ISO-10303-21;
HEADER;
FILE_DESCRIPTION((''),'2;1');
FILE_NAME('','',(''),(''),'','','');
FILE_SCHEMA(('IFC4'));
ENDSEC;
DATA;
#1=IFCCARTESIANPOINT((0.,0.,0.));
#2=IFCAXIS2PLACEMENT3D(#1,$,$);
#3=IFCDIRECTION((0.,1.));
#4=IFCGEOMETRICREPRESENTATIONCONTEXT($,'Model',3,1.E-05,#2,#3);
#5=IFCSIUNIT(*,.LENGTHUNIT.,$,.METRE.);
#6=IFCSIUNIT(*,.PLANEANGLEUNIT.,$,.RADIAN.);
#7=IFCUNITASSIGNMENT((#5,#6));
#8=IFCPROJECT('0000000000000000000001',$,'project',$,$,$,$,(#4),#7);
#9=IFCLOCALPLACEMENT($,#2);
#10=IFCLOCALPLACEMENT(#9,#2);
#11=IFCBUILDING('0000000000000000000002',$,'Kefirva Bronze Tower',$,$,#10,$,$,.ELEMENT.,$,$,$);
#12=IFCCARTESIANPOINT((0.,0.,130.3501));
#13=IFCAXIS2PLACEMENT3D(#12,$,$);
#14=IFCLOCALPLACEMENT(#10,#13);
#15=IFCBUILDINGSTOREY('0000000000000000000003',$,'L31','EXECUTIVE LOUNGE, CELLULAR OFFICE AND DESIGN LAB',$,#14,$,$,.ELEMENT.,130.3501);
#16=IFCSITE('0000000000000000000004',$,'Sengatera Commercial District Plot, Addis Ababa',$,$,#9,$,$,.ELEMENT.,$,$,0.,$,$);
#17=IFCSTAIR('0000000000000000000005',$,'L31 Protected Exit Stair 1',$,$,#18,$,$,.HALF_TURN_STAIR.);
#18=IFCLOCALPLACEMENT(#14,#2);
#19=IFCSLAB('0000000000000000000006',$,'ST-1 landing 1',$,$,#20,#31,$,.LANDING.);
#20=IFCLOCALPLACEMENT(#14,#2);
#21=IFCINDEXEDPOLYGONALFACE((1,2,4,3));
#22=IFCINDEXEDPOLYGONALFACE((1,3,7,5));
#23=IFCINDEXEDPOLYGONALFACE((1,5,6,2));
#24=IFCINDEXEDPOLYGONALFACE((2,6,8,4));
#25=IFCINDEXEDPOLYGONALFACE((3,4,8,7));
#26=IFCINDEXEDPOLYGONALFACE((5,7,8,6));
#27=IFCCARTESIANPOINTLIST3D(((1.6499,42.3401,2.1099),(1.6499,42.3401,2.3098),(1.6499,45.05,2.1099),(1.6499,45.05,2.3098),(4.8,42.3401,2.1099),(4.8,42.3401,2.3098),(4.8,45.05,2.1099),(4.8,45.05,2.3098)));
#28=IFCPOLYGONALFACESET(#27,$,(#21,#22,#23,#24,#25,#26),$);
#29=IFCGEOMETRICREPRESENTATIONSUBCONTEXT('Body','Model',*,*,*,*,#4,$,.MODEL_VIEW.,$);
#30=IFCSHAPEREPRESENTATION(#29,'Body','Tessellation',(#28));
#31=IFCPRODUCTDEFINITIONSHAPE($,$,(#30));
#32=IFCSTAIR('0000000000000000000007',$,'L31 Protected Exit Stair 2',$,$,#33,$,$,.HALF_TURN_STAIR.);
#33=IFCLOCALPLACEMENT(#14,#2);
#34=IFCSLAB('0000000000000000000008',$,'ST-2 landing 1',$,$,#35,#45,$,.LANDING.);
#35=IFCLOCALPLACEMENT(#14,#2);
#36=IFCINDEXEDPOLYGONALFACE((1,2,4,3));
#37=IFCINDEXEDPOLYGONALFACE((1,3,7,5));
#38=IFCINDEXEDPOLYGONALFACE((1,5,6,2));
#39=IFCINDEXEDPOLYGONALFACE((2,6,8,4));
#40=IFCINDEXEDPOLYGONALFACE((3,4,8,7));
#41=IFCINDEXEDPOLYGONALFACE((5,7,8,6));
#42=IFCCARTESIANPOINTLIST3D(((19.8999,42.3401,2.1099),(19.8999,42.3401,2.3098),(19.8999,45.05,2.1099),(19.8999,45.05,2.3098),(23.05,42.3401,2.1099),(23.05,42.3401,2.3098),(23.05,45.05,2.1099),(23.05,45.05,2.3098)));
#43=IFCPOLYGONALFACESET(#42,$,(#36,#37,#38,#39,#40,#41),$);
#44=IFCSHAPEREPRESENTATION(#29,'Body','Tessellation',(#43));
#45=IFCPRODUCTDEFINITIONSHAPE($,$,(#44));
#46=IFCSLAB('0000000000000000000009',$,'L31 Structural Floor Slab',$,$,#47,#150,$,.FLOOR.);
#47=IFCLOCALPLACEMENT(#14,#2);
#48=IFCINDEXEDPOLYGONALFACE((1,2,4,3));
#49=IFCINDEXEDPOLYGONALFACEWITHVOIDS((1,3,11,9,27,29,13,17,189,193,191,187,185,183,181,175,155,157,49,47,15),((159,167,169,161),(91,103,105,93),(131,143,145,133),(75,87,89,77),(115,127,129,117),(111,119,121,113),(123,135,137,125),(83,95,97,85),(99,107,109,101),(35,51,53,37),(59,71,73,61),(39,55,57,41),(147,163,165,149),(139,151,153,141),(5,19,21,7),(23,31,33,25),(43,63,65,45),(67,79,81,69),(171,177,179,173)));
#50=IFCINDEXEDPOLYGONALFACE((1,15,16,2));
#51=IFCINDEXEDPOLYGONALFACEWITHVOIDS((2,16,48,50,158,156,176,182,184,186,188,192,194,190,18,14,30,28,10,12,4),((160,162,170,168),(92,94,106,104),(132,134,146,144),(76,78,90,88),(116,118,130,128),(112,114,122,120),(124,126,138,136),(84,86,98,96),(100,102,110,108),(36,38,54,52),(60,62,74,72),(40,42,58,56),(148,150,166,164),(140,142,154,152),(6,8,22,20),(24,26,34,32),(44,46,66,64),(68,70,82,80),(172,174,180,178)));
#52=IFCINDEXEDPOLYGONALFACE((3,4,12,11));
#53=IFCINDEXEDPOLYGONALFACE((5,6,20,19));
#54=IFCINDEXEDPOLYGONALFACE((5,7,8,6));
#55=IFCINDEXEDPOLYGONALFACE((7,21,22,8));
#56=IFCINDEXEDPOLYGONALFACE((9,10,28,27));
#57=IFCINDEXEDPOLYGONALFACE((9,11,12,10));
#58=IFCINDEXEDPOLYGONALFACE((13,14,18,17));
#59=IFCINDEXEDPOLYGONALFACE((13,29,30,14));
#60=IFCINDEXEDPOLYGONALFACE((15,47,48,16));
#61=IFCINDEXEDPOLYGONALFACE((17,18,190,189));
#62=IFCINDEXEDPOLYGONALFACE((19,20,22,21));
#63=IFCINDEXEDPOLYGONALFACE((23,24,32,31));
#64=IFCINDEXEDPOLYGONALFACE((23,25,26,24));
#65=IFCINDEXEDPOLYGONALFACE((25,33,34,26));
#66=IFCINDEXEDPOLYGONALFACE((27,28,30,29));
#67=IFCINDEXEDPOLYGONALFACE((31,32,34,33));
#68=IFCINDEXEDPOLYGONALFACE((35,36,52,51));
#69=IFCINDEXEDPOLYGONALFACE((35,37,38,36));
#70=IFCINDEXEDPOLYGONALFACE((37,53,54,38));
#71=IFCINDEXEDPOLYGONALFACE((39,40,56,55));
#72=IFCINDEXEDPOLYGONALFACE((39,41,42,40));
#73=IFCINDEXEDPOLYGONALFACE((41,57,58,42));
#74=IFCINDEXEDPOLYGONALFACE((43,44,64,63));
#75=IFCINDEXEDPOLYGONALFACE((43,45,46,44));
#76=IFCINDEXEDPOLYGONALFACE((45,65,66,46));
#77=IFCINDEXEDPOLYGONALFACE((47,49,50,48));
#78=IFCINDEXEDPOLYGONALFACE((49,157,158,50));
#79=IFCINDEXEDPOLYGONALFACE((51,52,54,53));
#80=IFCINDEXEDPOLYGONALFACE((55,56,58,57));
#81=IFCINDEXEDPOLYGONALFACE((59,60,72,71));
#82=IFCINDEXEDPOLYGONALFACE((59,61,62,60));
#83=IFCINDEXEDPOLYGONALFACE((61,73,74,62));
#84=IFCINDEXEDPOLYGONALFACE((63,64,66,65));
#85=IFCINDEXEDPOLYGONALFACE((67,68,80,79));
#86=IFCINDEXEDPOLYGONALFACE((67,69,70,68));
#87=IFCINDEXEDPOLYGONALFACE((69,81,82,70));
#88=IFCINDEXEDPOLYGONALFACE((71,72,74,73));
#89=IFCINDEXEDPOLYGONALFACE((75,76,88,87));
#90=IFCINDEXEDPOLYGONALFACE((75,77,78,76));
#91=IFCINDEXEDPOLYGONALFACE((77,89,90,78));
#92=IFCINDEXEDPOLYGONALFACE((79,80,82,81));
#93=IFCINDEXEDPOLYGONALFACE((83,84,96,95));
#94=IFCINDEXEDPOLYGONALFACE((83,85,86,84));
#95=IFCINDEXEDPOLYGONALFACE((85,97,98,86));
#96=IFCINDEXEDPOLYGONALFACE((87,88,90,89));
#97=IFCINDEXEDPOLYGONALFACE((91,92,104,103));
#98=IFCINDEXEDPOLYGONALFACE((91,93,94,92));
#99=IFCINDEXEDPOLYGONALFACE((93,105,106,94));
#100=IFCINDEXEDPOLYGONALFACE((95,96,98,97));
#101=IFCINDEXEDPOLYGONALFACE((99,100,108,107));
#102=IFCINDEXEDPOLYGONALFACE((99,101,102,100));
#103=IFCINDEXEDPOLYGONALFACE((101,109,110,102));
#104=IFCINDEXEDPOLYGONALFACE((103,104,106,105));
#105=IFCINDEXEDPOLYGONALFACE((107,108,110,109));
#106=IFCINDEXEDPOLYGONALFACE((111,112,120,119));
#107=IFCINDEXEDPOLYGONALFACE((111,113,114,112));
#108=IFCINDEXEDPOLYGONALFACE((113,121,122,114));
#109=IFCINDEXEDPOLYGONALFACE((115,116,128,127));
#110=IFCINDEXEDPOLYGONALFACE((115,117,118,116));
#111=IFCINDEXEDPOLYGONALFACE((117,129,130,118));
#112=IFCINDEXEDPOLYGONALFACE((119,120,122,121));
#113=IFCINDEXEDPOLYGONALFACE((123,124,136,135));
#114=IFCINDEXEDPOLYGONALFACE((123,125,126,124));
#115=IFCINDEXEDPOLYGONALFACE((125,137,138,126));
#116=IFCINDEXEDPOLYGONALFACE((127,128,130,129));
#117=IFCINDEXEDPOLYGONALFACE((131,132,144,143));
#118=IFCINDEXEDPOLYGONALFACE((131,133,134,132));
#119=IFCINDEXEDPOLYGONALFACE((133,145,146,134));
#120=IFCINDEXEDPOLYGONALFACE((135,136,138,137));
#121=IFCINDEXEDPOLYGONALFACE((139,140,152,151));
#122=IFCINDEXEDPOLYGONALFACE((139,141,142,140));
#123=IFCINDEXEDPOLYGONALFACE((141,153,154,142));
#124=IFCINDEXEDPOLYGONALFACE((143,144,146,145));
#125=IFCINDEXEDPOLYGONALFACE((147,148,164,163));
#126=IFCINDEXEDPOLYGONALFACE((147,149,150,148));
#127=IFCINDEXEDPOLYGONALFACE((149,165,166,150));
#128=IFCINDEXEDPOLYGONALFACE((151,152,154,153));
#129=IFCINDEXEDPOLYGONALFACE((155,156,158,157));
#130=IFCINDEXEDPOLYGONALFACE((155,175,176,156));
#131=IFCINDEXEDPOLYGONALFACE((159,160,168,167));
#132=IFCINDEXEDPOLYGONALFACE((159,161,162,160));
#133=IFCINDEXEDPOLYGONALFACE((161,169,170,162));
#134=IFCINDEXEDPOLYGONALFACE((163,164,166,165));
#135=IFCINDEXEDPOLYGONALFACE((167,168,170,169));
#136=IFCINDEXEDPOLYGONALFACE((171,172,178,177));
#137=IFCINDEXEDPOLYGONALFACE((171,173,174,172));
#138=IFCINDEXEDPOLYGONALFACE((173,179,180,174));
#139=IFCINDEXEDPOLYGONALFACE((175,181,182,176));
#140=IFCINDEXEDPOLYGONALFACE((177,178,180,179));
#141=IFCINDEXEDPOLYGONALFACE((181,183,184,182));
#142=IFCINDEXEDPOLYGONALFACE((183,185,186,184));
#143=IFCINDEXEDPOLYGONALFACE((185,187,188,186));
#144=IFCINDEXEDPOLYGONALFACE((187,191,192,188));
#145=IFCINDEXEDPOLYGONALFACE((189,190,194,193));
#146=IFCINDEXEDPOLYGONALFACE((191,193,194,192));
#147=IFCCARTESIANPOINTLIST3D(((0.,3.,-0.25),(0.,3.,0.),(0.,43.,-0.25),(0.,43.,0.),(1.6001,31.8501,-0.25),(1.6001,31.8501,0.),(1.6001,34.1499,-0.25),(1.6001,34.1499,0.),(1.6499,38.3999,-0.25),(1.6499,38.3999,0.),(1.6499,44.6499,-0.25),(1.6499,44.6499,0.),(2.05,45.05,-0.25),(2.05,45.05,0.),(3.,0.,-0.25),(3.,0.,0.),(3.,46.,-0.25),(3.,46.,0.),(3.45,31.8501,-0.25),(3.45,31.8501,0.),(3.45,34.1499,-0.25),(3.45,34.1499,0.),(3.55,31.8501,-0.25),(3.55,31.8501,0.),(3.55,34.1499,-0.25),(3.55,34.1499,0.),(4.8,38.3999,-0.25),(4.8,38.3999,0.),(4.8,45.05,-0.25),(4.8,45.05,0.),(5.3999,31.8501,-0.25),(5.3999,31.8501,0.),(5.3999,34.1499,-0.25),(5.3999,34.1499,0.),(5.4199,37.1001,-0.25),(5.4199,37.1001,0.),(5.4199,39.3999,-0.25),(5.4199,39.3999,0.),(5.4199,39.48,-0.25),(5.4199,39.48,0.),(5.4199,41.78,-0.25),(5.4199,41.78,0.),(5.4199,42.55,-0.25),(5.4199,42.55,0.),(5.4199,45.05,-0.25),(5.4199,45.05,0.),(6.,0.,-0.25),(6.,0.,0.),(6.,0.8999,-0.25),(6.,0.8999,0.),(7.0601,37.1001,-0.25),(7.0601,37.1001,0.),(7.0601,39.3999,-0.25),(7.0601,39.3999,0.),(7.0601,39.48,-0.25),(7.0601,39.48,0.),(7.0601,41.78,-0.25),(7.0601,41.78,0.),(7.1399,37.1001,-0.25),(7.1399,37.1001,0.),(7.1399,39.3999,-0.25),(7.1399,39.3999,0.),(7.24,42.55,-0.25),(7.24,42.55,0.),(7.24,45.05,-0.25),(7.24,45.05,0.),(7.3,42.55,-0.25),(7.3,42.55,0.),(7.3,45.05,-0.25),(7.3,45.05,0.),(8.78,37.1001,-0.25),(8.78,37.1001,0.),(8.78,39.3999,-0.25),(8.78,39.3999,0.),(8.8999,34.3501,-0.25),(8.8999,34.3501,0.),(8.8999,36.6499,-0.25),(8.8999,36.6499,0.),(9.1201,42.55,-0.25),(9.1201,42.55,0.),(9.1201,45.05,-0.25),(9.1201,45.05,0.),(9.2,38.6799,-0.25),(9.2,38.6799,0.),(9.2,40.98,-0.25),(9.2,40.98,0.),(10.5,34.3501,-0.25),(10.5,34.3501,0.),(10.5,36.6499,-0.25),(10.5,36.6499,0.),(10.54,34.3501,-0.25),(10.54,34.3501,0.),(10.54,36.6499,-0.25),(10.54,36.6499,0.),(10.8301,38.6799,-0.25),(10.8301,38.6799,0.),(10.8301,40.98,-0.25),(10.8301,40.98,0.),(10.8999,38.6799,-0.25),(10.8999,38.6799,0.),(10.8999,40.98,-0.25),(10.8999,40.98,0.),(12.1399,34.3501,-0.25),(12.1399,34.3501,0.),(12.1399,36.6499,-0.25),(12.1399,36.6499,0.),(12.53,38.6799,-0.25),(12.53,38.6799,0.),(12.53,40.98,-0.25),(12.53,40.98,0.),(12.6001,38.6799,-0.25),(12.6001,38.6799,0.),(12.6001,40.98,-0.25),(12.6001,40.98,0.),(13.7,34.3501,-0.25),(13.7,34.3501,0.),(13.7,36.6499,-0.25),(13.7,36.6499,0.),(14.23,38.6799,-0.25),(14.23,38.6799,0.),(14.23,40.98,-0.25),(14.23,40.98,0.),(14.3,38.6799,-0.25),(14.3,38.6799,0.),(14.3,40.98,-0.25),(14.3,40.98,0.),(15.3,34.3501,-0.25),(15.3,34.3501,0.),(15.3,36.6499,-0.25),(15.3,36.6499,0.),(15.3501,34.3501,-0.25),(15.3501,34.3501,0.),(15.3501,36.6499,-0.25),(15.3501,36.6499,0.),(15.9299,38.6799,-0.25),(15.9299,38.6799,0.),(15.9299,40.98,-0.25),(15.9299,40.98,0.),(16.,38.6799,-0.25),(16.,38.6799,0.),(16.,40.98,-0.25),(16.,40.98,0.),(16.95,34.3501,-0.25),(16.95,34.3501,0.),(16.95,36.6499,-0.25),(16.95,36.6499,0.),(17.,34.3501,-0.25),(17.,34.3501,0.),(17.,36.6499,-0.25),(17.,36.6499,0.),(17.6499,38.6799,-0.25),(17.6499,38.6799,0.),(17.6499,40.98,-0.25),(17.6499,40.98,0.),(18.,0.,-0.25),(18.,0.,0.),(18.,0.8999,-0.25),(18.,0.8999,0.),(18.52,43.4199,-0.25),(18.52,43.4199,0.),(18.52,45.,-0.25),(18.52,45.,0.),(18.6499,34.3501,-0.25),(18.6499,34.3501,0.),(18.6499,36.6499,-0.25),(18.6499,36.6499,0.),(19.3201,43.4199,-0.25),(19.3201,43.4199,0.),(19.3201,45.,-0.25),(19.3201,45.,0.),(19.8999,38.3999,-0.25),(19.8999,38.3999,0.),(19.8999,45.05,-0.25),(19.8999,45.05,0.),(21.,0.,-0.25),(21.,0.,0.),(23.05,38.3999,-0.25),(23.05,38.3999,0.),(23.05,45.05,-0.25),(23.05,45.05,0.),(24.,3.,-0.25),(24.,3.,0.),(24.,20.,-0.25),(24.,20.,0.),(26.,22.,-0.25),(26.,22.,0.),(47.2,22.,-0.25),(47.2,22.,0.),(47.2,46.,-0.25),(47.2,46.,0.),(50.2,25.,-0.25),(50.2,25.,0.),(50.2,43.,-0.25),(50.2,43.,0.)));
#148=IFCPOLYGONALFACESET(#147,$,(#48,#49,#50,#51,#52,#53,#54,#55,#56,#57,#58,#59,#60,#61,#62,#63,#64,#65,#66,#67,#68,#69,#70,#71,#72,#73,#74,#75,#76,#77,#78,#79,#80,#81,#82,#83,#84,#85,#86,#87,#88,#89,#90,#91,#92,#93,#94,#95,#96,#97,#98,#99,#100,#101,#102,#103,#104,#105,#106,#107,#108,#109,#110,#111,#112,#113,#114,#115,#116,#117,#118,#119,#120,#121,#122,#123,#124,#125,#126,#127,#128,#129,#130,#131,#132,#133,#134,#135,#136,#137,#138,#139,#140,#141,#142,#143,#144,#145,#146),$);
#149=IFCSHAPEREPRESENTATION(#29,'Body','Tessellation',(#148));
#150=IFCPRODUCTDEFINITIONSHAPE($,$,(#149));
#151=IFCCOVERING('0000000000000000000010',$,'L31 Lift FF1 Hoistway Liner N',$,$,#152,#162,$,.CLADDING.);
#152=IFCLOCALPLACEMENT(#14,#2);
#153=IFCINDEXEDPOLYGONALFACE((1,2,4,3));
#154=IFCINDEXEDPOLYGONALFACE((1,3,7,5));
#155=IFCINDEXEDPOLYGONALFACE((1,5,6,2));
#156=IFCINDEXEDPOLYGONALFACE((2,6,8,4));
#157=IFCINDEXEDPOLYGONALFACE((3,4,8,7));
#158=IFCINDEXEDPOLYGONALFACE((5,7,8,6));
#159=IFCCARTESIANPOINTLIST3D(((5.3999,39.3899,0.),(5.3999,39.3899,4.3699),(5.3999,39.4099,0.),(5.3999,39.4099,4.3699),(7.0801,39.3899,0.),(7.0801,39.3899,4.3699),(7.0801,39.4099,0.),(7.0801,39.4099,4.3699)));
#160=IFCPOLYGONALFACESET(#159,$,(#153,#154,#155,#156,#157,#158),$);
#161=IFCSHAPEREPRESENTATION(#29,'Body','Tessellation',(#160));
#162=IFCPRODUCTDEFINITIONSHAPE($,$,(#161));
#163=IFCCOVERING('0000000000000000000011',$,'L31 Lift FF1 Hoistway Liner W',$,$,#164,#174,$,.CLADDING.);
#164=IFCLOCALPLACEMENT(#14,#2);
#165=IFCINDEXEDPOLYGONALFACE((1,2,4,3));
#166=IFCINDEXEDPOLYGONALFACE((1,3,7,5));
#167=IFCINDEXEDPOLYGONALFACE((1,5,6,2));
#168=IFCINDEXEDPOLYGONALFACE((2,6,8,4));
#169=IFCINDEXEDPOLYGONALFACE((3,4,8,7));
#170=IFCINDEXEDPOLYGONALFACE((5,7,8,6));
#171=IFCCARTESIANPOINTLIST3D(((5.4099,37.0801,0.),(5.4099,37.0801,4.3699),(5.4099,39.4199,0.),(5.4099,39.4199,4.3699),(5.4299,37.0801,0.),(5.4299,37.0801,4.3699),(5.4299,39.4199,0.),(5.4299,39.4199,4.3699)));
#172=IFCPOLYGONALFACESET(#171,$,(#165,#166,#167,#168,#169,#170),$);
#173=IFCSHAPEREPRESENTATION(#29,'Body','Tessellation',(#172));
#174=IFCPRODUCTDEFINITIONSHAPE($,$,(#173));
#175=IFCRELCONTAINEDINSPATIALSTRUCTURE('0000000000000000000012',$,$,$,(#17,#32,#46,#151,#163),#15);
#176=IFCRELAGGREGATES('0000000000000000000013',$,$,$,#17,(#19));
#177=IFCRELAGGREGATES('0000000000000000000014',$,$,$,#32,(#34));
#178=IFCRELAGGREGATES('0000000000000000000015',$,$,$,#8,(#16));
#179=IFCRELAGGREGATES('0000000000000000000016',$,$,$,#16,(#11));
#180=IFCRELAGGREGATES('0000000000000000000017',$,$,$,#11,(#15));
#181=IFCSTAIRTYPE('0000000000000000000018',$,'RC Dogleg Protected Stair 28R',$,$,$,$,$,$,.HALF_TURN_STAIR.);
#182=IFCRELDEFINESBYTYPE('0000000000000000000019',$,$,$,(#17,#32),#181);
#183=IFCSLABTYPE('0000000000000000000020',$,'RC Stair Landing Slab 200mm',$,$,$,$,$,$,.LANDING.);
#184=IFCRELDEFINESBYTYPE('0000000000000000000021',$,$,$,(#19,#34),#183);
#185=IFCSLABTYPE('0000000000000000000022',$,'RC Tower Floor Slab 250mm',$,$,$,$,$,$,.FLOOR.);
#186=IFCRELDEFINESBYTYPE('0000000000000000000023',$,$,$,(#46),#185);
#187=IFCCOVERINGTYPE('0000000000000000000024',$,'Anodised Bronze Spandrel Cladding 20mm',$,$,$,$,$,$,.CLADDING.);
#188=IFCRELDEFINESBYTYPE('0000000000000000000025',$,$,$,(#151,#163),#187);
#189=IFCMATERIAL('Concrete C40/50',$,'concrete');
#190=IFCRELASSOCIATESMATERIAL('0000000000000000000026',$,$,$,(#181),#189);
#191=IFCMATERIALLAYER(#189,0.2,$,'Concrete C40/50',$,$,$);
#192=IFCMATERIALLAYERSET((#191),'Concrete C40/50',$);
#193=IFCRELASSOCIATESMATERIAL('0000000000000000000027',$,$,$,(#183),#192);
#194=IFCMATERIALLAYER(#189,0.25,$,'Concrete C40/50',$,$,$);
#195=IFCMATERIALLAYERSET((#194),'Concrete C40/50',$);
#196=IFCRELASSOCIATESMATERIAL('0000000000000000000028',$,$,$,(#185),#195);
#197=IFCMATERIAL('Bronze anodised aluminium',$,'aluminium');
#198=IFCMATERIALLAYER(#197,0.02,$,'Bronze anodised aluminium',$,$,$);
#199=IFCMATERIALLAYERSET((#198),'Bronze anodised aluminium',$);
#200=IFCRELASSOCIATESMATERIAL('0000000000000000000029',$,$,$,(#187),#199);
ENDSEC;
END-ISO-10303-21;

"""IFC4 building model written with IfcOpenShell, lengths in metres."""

from ifc_helpers import new_model, si_unit, direction, frame, origin, place, context, subcontext, project, spatial, polyline, outline, extrude, material, layer, layer_set, type_object, element, aggregate, save


model = new_model("IFC4")

# Units and contexts
model_context = context("Model", 3, precision=1e-05, world=origin(), true_north=direction((0.0, 1.0)))
body_context = subcontext(model_context, "Body", "Model", "MODEL_VIEW")
ifc_project = project(units=[si_unit("LENGTHUNIT", "METRE"), si_unit("PLANEANGLEUNIT", "RADIAN")], contexts=[model_context])

# Site, building, storey
site_placement = place(None, origin())
site = spatial("IfcSite", under=ifc_project, at=site_placement, Name="Sengatera Commercial District Plot, Addis Ababa", CompositionType="ELEMENT", RefElevation=0.0)
building_placement = place(site_placement, origin())
building = spatial("IfcBuilding", under=site, at=building_placement, Name="Kefirva Bronze Tower", CompositionType="ELEMENT")
storey_placement = place(building_placement, frame((0.0, 0.0, 130.3501)))
storey = spatial("IfcBuildingStorey", under=building, at=storey_placement, Name="L31", Description="EXECUTIVE LOUNGE, CELLULAR OFFICE AND DESIGN LAB", CompositionType="ELEMENT", Elevation=130.3501)

# Stairs, slabs
ifc_material_1 = material(Name="Concrete C40/50", Category="concrete")
stair_type = type_object("IfcStairType", Name="RC Dogleg Protected Stair 28R", PredefinedType="HALF_TURN_STAIR", material=ifc_material_1)
stair_1_placement = place(storey_placement, origin())
stair_1 = element("IfcStair", 1, at=stair_1_placement, inside=storey, type_object=stair_type, Name="L31 Protected Exit Stair 1", PredefinedType="HALF_TURN_STAIR")
ifc_layer_1 = layer(ifc_material_1, 0.2, Name="Concrete C40/50")
ifc_layer_set_1 = layer_set([ifc_layer_1], Name="Concrete C40/50")
slab_type_1 = type_object("IfcSlabType", Name="RC Stair Landing Slab 200mm", PredefinedType="LANDING", material=ifc_layer_set_1)
slab_1_placement = place(storey_placement, frame((0.0, 0.0, 2.1099)))
slab_1 = element("IfcSlab", 2, at=slab_1_placement, type_object=slab_type_1, Name="ST-1 landing 1", PredefinedType="LANDING", context=body_context, shape_type="SweptSolid", body=[
    extrude(outline(polyline([(4.8, 42.3401), (4.8, 45.05), (1.6499, 45.05), (1.6499, 42.3401), (4.8, 42.3401)])), origin(), (0.0, 0.0, 1.0), 0.2),
])
aggregate(stair_1, [slab_1])
stair_2_placement = place(storey_placement, origin())
stair_2 = element("IfcStair", 3, at=stair_2_placement, inside=storey, type_object=stair_type, Name="L31 Protected Exit Stair 2", PredefinedType="HALF_TURN_STAIR")
slab_2_placement = place(storey_placement, frame((0.0, 0.0, 2.1099)))
slab_2 = element("IfcSlab", 4, at=slab_2_placement, type_object=slab_type_1, Name="ST-2 landing 1", PredefinedType="LANDING", context=body_context, shape_type="SweptSolid", body=[
    extrude(outline(polyline([(23.05, 42.3401), (23.05, 45.05), (19.8999, 45.05), (19.8999, 42.3401), (23.05, 42.3401)])), origin(), (0.0, 0.0, 1.0), 0.2),
])
aggregate(stair_2, [slab_2])

# Slab
ifc_layer_2 = layer(ifc_material_1, 0.25, Name="Concrete C40/50")
ifc_layer_set_2 = layer_set([ifc_layer_2], Name="Concrete C40/50")
slab_type_2 = type_object("IfcSlabType", Name="RC Tower Floor Slab 250mm", PredefinedType="FLOOR", material=ifc_layer_set_2)
slab_3_placement = place(storey_placement, frame((0.0, 0.0, -0.25)))
element("IfcSlab", 5, at=slab_3_placement, inside=storey, type_object=slab_type_2, Name="L31 Structural Floor Slab", PredefinedType="FLOOR", context=body_context, shape_type="SweptSolid", body=[
    extrude(outline(polyline([(0.0, 3.0), (0.0, 43.0), (1.6499, 44.6499), (1.6499, 38.3999), (4.8, 38.3999), (4.8, 45.05), (2.05, 45.05), (3.0, 46.0), (47.2, 46.0), (50.2, 43.0), (50.2, 25.0), (47.2, 22.0), (26.0, 22.0), (24.0, 20.0), (24.0, 3.0), (21.0, 0.0), (18.0, 0.0), (18.0, 0.8999), (6.0, 0.8999), (6.0, 0.0), (3.0, 0.0), (0.0, 3.0)]), holes=[polyline([(19.8999, 38.3999), (23.05, 38.3999), (23.05, 45.05), (19.8999, 45.05), (19.8999, 38.3999)]), polyline([(18.52, 43.4199), (19.3201, 43.4199), (19.3201, 45.0), (18.52, 45.0), (18.52, 43.4199)]), polyline([(17.0, 34.3501), (18.6499, 34.3501), (18.6499, 36.6499), (17.0, 36.6499), (17.0, 34.3501)]), polyline([(17.6499, 38.6799), (17.6499, 40.98), (16.0, 40.98), (16.0, 38.6799), (17.6499, 38.6799)]), polyline([(16.95, 34.3501), (16.95, 36.6499), (15.3501, 36.6499), (15.3501, 34.3501), (16.95, 34.3501)]), polyline([(15.9299, 38.6799), (15.9299, 40.98), (14.3, 40.98), (14.3, 38.6799), (15.9299, 38.6799)]), polyline([(15.3, 34.3501), (15.3, 36.6499), (13.7, 36.6499), (13.7, 34.3501), (15.3, 34.3501)]), polyline([(14.23, 38.6799), (14.23, 40.98), (12.6001, 40.98), (12.6001, 38.6799), (14.23, 38.6799)]), polyline([(10.8999, 38.6799), (12.53, 38.6799), (12.53, 40.98), (10.8999, 40.98), (10.8999, 38.6799)]), polyline([(12.1399, 34.3501), (12.1399, 36.6499), (10.54, 36.6499), (10.54, 34.3501), (12.1399, 34.3501)]), polyline([(10.8301, 38.6799), (10.8301, 40.98), (9.2, 40.98), (9.2, 38.6799), (10.8301, 38.6799)]), polyline([(10.5, 34.3501), (10.5, 36.6499), (8.8999, 36.6499), (8.8999, 34.3501), (10.5, 34.3501)]), polyline([(7.3, 42.55), (9.1201, 42.55), (9.1201, 45.05), (7.3, 45.05), (7.3, 42.55)]), polyline([(7.1399, 37.1001), (8.78, 37.1001), (8.78, 39.3999), (7.1399, 39.3999), (7.1399, 37.1001)]), polyline([(5.4199, 42.55), (7.24, 42.55), (7.24, 45.05), (5.4199, 45.05), (5.4199, 42.55)]), polyline([(7.0601, 39.48), (7.0601, 41.78), (5.4199, 41.78), (5.4199, 39.48), (7.0601, 39.48)]), polyline([(5.4199, 37.1001), (7.0601, 37.1001), (7.0601, 39.3999), (5.4199, 39.3999), (5.4199, 37.1001)]), polyline([(5.3999, 31.8501), (5.3999, 34.1499), (3.55, 34.1499), (3.55, 31.8501), (5.3999, 31.8501)]), polyline([(3.45, 31.8501), (3.45, 34.1499), (1.6001, 34.1499), (1.6001, 31.8501), (3.45, 31.8501)])]), origin(), (0.0, 0.0, 1.0), 0.25),
])

# Coverings
ifc_material_2 = material(Name="Bronze anodised aluminium", Category="aluminium")
ifc_layer_3 = layer(ifc_material_2, 0.02, Name="Bronze anodised aluminium")
ifc_layer_set_3 = layer_set([ifc_layer_3], Name="Bronze anodised aluminium")
covering_type = type_object("IfcCoveringType", Name="Anodised Bronze Spandrel Cladding 20mm", PredefinedType="CLADDING", material=ifc_layer_set_3)
covering_1_placement = place(storey_placement, origin())
element("IfcCovering", 6, at=covering_1_placement, inside=storey, type_object=covering_type, Name="L31 Lift FF1 Hoistway Liner N", PredefinedType="CLADDING", context=body_context, shape_type="SweptSolid", body=[
    extrude(outline(polyline([(5.3999, 39.3899), (7.0801, 39.3899), (7.0801, 39.4099), (5.3999, 39.4099), (5.3999, 39.3899)])), origin(), (0.0, 0.0, 1.0), 4.3699),
])
covering_2_placement = place(storey_placement, origin())
element("IfcCovering", 7, at=covering_2_placement, inside=storey, type_object=covering_type, Name="L31 Lift FF1 Hoistway Liner W", PredefinedType="CLADDING", context=body_context, shape_type="SweptSolid", body=[
    extrude(outline(polyline([(5.4099, 37.0801), (5.4299, 37.0801), (5.4299, 39.4199), (5.4099, 39.4199), (5.4099, 37.0801)])), origin(), (0.0, 0.0, 1.0), 4.3699),
])

save(model, "model.ifc")
